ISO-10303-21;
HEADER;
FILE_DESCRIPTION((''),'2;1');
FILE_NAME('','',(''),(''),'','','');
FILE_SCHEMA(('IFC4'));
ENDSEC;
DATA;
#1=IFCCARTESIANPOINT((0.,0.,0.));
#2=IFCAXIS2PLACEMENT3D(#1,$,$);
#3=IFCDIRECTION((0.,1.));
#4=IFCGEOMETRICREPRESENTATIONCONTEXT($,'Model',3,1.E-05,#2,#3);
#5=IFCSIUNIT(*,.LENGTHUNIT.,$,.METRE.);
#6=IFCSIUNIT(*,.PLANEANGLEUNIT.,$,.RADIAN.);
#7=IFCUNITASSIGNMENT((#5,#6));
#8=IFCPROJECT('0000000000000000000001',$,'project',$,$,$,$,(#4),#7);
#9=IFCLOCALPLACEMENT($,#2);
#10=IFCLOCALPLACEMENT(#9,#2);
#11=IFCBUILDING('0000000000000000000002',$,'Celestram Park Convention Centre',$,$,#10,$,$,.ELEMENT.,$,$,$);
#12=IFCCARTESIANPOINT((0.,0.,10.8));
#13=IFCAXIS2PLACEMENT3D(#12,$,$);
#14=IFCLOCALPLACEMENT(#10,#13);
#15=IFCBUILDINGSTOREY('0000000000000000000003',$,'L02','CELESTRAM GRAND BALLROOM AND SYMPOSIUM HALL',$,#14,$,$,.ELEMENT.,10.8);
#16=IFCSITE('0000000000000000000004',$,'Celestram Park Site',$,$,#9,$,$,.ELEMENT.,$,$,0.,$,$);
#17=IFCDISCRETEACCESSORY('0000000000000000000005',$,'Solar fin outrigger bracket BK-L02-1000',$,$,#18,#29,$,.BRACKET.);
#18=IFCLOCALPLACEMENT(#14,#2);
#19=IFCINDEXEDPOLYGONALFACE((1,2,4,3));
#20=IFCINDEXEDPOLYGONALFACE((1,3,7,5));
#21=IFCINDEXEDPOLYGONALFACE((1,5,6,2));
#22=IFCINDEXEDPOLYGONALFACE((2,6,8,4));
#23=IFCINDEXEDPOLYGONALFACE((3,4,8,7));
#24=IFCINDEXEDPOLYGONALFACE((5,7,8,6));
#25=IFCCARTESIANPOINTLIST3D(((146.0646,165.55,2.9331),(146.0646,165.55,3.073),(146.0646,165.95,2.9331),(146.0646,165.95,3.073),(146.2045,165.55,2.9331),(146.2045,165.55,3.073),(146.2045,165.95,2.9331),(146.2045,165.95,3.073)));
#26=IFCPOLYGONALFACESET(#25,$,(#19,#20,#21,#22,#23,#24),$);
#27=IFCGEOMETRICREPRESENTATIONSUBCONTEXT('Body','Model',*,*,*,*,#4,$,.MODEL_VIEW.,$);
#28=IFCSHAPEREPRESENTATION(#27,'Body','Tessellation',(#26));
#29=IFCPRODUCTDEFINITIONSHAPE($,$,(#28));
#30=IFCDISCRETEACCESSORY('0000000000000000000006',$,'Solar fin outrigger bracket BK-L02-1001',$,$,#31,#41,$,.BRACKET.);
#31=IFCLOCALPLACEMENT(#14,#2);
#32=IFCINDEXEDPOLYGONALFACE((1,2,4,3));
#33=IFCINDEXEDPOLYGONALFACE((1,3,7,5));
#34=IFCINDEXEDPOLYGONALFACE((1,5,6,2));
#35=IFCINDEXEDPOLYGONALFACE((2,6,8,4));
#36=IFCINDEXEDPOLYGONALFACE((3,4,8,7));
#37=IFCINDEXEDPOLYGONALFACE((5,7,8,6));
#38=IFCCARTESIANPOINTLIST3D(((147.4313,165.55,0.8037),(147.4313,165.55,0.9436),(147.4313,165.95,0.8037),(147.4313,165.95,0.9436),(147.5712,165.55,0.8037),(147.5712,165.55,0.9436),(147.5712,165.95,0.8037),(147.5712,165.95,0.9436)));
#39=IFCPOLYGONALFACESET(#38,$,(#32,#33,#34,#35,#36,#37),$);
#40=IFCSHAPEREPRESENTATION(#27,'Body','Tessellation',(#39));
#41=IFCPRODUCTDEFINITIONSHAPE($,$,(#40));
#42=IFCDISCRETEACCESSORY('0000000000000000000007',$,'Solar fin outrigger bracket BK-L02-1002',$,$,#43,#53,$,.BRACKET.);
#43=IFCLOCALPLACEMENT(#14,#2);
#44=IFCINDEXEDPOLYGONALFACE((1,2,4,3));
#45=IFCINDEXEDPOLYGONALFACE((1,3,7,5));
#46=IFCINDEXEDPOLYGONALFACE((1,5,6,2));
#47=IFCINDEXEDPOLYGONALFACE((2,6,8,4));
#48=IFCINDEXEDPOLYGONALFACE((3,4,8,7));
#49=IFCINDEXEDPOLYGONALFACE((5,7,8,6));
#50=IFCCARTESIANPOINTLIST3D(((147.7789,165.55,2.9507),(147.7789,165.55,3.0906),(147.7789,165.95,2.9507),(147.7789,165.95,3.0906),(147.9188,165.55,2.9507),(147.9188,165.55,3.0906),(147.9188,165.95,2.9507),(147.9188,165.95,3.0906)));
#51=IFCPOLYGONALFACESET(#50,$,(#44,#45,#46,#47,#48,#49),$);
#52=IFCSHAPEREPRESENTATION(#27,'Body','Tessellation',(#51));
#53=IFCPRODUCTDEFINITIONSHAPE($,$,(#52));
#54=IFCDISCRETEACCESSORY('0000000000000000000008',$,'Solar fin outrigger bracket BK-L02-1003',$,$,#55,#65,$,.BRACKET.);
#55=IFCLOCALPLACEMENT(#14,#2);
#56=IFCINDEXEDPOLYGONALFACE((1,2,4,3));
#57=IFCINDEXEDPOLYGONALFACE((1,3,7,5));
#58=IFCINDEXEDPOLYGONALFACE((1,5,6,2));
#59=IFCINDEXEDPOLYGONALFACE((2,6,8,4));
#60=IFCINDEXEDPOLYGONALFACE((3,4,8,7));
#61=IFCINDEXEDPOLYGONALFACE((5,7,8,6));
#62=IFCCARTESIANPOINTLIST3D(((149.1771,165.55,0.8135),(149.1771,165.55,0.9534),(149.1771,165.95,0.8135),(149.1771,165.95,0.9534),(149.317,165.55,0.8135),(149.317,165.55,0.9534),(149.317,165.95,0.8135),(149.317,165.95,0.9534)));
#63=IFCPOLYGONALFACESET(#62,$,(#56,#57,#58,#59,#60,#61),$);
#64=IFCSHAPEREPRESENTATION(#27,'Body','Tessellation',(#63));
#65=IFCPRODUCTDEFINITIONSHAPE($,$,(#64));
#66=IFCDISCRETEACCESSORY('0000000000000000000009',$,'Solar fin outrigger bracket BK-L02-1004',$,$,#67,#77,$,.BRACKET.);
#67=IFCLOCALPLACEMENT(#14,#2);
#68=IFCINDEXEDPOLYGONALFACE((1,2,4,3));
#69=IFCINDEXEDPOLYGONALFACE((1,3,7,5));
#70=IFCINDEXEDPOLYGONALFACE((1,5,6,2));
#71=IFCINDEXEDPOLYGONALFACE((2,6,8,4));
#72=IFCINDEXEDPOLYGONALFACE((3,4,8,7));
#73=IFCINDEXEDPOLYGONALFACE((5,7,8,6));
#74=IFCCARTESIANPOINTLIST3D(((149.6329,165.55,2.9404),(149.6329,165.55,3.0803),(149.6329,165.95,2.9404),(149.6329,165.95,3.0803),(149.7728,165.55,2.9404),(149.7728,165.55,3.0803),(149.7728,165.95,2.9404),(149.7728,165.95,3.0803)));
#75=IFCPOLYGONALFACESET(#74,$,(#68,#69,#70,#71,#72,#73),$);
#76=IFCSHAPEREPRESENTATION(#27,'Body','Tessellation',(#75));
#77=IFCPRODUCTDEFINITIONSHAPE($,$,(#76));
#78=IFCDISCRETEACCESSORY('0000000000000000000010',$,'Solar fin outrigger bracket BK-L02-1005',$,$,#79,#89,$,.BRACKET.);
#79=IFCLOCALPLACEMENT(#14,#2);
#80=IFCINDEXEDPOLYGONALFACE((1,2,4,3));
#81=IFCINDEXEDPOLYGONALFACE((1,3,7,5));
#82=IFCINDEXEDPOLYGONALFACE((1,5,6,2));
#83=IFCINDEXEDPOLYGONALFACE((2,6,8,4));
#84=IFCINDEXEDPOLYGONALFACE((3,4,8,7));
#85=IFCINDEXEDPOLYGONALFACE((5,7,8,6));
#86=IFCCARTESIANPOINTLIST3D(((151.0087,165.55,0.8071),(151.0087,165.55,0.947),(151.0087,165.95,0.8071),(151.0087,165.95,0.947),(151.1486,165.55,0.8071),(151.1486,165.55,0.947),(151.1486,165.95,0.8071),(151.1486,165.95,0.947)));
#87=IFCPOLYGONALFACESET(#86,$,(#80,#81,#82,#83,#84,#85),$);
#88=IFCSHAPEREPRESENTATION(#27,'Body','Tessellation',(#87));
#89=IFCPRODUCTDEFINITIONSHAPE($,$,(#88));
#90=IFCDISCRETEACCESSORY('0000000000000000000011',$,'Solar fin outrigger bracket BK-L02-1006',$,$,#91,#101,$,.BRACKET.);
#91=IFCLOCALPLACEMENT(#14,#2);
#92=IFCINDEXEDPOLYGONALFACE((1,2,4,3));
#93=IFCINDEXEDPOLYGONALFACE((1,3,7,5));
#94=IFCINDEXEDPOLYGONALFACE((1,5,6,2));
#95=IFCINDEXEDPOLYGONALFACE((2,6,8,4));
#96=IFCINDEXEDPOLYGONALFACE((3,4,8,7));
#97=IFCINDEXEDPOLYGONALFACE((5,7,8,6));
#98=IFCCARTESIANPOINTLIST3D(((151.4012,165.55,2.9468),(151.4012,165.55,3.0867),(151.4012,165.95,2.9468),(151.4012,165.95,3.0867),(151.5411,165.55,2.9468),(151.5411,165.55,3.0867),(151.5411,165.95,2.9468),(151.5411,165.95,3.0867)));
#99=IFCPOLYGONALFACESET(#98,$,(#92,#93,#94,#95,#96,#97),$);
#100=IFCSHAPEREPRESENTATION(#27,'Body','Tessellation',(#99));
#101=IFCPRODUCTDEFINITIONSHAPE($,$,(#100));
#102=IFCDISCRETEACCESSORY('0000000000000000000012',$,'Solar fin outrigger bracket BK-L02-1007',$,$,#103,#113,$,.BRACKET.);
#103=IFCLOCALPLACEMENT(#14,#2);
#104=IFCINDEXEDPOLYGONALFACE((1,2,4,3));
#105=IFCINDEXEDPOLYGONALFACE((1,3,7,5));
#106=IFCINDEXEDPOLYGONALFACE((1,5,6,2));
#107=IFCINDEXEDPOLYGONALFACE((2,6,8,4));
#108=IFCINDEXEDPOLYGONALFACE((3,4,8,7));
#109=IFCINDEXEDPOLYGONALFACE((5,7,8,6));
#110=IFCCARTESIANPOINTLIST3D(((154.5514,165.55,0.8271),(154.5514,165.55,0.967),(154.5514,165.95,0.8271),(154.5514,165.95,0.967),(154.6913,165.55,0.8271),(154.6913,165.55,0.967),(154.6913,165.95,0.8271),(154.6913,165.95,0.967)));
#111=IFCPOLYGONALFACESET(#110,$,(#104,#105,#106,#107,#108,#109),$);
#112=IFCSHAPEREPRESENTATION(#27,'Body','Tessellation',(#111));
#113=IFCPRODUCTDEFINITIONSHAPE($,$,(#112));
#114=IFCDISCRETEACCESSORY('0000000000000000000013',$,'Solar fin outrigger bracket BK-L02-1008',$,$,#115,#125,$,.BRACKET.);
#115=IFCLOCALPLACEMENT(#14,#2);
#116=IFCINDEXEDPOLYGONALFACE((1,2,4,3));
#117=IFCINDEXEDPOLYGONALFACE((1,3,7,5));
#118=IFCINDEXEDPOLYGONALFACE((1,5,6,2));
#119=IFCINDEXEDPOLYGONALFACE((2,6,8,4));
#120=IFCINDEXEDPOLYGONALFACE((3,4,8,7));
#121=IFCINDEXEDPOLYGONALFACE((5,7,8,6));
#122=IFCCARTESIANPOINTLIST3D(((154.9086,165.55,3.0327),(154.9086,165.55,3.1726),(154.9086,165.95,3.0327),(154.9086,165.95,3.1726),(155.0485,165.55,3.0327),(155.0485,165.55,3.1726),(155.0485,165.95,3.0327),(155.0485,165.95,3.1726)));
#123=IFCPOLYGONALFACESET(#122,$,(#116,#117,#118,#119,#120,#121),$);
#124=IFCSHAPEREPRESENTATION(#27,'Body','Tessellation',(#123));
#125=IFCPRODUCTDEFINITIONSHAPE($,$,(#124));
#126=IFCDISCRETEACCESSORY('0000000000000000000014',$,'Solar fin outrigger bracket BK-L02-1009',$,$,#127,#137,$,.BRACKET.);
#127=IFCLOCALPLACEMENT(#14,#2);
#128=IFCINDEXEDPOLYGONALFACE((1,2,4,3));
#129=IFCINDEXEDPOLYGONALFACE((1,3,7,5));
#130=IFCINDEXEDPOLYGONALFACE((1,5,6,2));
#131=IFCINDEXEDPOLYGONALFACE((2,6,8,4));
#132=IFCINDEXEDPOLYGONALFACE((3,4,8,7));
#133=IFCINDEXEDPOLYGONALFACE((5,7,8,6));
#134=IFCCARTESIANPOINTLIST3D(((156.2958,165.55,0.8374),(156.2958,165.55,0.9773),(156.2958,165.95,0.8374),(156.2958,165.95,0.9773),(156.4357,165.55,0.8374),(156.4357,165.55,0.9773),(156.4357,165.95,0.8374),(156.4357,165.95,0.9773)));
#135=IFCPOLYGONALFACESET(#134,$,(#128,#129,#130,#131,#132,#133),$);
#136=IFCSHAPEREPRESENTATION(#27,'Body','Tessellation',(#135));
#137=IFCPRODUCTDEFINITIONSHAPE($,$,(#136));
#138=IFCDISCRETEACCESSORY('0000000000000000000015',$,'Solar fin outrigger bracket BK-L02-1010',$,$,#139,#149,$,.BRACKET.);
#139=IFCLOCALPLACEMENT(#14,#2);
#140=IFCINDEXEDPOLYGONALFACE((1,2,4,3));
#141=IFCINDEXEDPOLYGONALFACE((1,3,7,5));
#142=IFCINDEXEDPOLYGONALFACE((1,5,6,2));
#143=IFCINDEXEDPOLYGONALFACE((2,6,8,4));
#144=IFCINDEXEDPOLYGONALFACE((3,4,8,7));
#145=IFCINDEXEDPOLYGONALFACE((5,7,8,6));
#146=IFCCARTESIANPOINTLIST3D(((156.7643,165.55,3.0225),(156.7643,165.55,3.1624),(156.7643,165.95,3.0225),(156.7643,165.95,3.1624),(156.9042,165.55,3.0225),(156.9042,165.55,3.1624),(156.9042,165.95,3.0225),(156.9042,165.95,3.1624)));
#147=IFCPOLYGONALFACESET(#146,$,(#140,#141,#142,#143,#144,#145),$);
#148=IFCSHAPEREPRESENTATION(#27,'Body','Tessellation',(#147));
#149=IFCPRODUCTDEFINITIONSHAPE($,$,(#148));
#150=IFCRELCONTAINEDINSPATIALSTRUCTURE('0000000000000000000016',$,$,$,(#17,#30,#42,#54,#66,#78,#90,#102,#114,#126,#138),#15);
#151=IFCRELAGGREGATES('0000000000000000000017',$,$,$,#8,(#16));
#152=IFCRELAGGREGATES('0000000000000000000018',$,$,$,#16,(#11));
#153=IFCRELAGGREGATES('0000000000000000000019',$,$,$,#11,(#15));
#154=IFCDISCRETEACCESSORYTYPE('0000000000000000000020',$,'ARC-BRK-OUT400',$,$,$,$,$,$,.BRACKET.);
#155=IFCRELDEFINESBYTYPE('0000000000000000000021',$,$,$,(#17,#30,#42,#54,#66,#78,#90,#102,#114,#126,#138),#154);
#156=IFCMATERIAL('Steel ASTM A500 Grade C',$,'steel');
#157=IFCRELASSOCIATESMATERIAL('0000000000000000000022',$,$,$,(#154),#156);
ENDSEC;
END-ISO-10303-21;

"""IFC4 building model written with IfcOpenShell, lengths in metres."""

from ifc_helpers import new_model, si_unit, direction, frame, origin, origin_2d, place, context, subcontext, project, spatial, rectangle, extrude, material, type_object, element, save


model = new_model("IFC4")

# Units and contexts
model_context = context("Model", 3, precision=1e-05, world=origin(), true_north=direction((0.0, 1.0)))
body_context = subcontext(model_context, "Body", "Model", "MODEL_VIEW")
ifc_project = project(units=[si_unit("LENGTHUNIT", "METRE"), si_unit("PLANEANGLEUNIT", "RADIAN")], contexts=[model_context])

# Site, building, storey
site_placement = place(None, origin())
site = spatial("IfcSite", under=ifc_project, at=site_placement, Name="Celestram Park Site", CompositionType="ELEMENT", RefElevation=0.0)
building_placement = place(site_placement, origin())
building = spatial("IfcBuilding", under=site, at=building_placement, Name="Celestram Park Convention Centre", CompositionType="ELEMENT")
storey_placement = place(building_placement, frame((0.0, 0.0, 10.8)))
storey = spatial("IfcBuildingStorey", under=building, at=storey_placement, Name="L02", Description="CELESTRAM GRAND BALLROOM AND SYMPOSIUM HALL", CompositionType="ELEMENT", Elevation=10.8)

# Discrete accessories
ifc_material_1 = material(Name="Steel ASTM A500 Grade C", Category="steel")
discrete_accessory_type = type_object("IfcDiscreteAccessoryType", Name="ARC-BRK-OUT400", PredefinedType="BRACKET", material=ifc_material_1)
for number, where, z_axis, x_axis, name in (
    (1, (146.1345, 165.75, 2.9331), (0.0, 0.0, 1.0), (0.0, 1.0, 0.0), "Solar fin outrigger bracket BK-L02-1000"),
    (2, (147.5012, 165.75, 0.8037), (0.0, 0.0, 1.0), (0.0, 1.0, 0.0), "Solar fin outrigger bracket BK-L02-1001"),
    (3, (147.8489, 165.75, 2.9507), (0.0, 0.0, 1.0), (0.0, 1.0, 0.0), "Solar fin outrigger bracket BK-L02-1002"),
    (4, (149.2471, 165.75, 0.8135), (0.0, 0.0, 1.0), (0.0, 1.0, 0.0), "Solar fin outrigger bracket BK-L02-1003"),
    (5, (149.7029, 165.75, 2.9404), (0.0, 0.0, 1.0), (0.0, 1.0, 0.0), "Solar fin outrigger bracket BK-L02-1004"),
    (6, (151.0786, 165.75, 0.8071), (0.0, 0.0, 1.0), (0.0, 1.0, 0.0), "Solar fin outrigger bracket BK-L02-1005"),
    (7, (151.4712, 165.75, 2.9468), (0.0, 0.0, 1.0), (0.0, 1.0, 0.0), "Solar fin outrigger bracket BK-L02-1006"),
    (8, (154.6213, 165.75, 0.8271), (0.0, 0.0, 1.0), (0.0, 1.0, 0.0), "Solar fin outrigger bracket BK-L02-1007"),
    (9, (154.9785, 165.75, 3.0327), (0.0, 0.0, 1.0), (0.0, 1.0, 0.0), "Solar fin outrigger bracket BK-L02-1008"),
    (10, (156.3657, 165.75, 0.8374), (0.0, 0.0, 1.0), (0.0, 1.0, 0.0), "Solar fin outrigger bracket BK-L02-1009"),
    (11, (156.8342, 165.75, 3.0225), (0.0, 0.0, 1.0), (0.0, 1.0, 0.0), "Solar fin outrigger bracket BK-L02-1010"),
):
    element("IfcDiscreteAccessory", number, at=place(storey_placement, frame(where, z_axis=z_axis, x_axis=x_axis)), inside=storey, type_object=discrete_accessory_type, Name=name, PredefinedType="BRACKET", context=body_context, shape_type="SweptSolid", body=[
        extrude(rectangle(XDim=0.3999, YDim=0.1399, at=origin_2d()), origin(), (0.0, 0.0, 1.0), 0.1399),
    ])

save(model, "model.ifc")
